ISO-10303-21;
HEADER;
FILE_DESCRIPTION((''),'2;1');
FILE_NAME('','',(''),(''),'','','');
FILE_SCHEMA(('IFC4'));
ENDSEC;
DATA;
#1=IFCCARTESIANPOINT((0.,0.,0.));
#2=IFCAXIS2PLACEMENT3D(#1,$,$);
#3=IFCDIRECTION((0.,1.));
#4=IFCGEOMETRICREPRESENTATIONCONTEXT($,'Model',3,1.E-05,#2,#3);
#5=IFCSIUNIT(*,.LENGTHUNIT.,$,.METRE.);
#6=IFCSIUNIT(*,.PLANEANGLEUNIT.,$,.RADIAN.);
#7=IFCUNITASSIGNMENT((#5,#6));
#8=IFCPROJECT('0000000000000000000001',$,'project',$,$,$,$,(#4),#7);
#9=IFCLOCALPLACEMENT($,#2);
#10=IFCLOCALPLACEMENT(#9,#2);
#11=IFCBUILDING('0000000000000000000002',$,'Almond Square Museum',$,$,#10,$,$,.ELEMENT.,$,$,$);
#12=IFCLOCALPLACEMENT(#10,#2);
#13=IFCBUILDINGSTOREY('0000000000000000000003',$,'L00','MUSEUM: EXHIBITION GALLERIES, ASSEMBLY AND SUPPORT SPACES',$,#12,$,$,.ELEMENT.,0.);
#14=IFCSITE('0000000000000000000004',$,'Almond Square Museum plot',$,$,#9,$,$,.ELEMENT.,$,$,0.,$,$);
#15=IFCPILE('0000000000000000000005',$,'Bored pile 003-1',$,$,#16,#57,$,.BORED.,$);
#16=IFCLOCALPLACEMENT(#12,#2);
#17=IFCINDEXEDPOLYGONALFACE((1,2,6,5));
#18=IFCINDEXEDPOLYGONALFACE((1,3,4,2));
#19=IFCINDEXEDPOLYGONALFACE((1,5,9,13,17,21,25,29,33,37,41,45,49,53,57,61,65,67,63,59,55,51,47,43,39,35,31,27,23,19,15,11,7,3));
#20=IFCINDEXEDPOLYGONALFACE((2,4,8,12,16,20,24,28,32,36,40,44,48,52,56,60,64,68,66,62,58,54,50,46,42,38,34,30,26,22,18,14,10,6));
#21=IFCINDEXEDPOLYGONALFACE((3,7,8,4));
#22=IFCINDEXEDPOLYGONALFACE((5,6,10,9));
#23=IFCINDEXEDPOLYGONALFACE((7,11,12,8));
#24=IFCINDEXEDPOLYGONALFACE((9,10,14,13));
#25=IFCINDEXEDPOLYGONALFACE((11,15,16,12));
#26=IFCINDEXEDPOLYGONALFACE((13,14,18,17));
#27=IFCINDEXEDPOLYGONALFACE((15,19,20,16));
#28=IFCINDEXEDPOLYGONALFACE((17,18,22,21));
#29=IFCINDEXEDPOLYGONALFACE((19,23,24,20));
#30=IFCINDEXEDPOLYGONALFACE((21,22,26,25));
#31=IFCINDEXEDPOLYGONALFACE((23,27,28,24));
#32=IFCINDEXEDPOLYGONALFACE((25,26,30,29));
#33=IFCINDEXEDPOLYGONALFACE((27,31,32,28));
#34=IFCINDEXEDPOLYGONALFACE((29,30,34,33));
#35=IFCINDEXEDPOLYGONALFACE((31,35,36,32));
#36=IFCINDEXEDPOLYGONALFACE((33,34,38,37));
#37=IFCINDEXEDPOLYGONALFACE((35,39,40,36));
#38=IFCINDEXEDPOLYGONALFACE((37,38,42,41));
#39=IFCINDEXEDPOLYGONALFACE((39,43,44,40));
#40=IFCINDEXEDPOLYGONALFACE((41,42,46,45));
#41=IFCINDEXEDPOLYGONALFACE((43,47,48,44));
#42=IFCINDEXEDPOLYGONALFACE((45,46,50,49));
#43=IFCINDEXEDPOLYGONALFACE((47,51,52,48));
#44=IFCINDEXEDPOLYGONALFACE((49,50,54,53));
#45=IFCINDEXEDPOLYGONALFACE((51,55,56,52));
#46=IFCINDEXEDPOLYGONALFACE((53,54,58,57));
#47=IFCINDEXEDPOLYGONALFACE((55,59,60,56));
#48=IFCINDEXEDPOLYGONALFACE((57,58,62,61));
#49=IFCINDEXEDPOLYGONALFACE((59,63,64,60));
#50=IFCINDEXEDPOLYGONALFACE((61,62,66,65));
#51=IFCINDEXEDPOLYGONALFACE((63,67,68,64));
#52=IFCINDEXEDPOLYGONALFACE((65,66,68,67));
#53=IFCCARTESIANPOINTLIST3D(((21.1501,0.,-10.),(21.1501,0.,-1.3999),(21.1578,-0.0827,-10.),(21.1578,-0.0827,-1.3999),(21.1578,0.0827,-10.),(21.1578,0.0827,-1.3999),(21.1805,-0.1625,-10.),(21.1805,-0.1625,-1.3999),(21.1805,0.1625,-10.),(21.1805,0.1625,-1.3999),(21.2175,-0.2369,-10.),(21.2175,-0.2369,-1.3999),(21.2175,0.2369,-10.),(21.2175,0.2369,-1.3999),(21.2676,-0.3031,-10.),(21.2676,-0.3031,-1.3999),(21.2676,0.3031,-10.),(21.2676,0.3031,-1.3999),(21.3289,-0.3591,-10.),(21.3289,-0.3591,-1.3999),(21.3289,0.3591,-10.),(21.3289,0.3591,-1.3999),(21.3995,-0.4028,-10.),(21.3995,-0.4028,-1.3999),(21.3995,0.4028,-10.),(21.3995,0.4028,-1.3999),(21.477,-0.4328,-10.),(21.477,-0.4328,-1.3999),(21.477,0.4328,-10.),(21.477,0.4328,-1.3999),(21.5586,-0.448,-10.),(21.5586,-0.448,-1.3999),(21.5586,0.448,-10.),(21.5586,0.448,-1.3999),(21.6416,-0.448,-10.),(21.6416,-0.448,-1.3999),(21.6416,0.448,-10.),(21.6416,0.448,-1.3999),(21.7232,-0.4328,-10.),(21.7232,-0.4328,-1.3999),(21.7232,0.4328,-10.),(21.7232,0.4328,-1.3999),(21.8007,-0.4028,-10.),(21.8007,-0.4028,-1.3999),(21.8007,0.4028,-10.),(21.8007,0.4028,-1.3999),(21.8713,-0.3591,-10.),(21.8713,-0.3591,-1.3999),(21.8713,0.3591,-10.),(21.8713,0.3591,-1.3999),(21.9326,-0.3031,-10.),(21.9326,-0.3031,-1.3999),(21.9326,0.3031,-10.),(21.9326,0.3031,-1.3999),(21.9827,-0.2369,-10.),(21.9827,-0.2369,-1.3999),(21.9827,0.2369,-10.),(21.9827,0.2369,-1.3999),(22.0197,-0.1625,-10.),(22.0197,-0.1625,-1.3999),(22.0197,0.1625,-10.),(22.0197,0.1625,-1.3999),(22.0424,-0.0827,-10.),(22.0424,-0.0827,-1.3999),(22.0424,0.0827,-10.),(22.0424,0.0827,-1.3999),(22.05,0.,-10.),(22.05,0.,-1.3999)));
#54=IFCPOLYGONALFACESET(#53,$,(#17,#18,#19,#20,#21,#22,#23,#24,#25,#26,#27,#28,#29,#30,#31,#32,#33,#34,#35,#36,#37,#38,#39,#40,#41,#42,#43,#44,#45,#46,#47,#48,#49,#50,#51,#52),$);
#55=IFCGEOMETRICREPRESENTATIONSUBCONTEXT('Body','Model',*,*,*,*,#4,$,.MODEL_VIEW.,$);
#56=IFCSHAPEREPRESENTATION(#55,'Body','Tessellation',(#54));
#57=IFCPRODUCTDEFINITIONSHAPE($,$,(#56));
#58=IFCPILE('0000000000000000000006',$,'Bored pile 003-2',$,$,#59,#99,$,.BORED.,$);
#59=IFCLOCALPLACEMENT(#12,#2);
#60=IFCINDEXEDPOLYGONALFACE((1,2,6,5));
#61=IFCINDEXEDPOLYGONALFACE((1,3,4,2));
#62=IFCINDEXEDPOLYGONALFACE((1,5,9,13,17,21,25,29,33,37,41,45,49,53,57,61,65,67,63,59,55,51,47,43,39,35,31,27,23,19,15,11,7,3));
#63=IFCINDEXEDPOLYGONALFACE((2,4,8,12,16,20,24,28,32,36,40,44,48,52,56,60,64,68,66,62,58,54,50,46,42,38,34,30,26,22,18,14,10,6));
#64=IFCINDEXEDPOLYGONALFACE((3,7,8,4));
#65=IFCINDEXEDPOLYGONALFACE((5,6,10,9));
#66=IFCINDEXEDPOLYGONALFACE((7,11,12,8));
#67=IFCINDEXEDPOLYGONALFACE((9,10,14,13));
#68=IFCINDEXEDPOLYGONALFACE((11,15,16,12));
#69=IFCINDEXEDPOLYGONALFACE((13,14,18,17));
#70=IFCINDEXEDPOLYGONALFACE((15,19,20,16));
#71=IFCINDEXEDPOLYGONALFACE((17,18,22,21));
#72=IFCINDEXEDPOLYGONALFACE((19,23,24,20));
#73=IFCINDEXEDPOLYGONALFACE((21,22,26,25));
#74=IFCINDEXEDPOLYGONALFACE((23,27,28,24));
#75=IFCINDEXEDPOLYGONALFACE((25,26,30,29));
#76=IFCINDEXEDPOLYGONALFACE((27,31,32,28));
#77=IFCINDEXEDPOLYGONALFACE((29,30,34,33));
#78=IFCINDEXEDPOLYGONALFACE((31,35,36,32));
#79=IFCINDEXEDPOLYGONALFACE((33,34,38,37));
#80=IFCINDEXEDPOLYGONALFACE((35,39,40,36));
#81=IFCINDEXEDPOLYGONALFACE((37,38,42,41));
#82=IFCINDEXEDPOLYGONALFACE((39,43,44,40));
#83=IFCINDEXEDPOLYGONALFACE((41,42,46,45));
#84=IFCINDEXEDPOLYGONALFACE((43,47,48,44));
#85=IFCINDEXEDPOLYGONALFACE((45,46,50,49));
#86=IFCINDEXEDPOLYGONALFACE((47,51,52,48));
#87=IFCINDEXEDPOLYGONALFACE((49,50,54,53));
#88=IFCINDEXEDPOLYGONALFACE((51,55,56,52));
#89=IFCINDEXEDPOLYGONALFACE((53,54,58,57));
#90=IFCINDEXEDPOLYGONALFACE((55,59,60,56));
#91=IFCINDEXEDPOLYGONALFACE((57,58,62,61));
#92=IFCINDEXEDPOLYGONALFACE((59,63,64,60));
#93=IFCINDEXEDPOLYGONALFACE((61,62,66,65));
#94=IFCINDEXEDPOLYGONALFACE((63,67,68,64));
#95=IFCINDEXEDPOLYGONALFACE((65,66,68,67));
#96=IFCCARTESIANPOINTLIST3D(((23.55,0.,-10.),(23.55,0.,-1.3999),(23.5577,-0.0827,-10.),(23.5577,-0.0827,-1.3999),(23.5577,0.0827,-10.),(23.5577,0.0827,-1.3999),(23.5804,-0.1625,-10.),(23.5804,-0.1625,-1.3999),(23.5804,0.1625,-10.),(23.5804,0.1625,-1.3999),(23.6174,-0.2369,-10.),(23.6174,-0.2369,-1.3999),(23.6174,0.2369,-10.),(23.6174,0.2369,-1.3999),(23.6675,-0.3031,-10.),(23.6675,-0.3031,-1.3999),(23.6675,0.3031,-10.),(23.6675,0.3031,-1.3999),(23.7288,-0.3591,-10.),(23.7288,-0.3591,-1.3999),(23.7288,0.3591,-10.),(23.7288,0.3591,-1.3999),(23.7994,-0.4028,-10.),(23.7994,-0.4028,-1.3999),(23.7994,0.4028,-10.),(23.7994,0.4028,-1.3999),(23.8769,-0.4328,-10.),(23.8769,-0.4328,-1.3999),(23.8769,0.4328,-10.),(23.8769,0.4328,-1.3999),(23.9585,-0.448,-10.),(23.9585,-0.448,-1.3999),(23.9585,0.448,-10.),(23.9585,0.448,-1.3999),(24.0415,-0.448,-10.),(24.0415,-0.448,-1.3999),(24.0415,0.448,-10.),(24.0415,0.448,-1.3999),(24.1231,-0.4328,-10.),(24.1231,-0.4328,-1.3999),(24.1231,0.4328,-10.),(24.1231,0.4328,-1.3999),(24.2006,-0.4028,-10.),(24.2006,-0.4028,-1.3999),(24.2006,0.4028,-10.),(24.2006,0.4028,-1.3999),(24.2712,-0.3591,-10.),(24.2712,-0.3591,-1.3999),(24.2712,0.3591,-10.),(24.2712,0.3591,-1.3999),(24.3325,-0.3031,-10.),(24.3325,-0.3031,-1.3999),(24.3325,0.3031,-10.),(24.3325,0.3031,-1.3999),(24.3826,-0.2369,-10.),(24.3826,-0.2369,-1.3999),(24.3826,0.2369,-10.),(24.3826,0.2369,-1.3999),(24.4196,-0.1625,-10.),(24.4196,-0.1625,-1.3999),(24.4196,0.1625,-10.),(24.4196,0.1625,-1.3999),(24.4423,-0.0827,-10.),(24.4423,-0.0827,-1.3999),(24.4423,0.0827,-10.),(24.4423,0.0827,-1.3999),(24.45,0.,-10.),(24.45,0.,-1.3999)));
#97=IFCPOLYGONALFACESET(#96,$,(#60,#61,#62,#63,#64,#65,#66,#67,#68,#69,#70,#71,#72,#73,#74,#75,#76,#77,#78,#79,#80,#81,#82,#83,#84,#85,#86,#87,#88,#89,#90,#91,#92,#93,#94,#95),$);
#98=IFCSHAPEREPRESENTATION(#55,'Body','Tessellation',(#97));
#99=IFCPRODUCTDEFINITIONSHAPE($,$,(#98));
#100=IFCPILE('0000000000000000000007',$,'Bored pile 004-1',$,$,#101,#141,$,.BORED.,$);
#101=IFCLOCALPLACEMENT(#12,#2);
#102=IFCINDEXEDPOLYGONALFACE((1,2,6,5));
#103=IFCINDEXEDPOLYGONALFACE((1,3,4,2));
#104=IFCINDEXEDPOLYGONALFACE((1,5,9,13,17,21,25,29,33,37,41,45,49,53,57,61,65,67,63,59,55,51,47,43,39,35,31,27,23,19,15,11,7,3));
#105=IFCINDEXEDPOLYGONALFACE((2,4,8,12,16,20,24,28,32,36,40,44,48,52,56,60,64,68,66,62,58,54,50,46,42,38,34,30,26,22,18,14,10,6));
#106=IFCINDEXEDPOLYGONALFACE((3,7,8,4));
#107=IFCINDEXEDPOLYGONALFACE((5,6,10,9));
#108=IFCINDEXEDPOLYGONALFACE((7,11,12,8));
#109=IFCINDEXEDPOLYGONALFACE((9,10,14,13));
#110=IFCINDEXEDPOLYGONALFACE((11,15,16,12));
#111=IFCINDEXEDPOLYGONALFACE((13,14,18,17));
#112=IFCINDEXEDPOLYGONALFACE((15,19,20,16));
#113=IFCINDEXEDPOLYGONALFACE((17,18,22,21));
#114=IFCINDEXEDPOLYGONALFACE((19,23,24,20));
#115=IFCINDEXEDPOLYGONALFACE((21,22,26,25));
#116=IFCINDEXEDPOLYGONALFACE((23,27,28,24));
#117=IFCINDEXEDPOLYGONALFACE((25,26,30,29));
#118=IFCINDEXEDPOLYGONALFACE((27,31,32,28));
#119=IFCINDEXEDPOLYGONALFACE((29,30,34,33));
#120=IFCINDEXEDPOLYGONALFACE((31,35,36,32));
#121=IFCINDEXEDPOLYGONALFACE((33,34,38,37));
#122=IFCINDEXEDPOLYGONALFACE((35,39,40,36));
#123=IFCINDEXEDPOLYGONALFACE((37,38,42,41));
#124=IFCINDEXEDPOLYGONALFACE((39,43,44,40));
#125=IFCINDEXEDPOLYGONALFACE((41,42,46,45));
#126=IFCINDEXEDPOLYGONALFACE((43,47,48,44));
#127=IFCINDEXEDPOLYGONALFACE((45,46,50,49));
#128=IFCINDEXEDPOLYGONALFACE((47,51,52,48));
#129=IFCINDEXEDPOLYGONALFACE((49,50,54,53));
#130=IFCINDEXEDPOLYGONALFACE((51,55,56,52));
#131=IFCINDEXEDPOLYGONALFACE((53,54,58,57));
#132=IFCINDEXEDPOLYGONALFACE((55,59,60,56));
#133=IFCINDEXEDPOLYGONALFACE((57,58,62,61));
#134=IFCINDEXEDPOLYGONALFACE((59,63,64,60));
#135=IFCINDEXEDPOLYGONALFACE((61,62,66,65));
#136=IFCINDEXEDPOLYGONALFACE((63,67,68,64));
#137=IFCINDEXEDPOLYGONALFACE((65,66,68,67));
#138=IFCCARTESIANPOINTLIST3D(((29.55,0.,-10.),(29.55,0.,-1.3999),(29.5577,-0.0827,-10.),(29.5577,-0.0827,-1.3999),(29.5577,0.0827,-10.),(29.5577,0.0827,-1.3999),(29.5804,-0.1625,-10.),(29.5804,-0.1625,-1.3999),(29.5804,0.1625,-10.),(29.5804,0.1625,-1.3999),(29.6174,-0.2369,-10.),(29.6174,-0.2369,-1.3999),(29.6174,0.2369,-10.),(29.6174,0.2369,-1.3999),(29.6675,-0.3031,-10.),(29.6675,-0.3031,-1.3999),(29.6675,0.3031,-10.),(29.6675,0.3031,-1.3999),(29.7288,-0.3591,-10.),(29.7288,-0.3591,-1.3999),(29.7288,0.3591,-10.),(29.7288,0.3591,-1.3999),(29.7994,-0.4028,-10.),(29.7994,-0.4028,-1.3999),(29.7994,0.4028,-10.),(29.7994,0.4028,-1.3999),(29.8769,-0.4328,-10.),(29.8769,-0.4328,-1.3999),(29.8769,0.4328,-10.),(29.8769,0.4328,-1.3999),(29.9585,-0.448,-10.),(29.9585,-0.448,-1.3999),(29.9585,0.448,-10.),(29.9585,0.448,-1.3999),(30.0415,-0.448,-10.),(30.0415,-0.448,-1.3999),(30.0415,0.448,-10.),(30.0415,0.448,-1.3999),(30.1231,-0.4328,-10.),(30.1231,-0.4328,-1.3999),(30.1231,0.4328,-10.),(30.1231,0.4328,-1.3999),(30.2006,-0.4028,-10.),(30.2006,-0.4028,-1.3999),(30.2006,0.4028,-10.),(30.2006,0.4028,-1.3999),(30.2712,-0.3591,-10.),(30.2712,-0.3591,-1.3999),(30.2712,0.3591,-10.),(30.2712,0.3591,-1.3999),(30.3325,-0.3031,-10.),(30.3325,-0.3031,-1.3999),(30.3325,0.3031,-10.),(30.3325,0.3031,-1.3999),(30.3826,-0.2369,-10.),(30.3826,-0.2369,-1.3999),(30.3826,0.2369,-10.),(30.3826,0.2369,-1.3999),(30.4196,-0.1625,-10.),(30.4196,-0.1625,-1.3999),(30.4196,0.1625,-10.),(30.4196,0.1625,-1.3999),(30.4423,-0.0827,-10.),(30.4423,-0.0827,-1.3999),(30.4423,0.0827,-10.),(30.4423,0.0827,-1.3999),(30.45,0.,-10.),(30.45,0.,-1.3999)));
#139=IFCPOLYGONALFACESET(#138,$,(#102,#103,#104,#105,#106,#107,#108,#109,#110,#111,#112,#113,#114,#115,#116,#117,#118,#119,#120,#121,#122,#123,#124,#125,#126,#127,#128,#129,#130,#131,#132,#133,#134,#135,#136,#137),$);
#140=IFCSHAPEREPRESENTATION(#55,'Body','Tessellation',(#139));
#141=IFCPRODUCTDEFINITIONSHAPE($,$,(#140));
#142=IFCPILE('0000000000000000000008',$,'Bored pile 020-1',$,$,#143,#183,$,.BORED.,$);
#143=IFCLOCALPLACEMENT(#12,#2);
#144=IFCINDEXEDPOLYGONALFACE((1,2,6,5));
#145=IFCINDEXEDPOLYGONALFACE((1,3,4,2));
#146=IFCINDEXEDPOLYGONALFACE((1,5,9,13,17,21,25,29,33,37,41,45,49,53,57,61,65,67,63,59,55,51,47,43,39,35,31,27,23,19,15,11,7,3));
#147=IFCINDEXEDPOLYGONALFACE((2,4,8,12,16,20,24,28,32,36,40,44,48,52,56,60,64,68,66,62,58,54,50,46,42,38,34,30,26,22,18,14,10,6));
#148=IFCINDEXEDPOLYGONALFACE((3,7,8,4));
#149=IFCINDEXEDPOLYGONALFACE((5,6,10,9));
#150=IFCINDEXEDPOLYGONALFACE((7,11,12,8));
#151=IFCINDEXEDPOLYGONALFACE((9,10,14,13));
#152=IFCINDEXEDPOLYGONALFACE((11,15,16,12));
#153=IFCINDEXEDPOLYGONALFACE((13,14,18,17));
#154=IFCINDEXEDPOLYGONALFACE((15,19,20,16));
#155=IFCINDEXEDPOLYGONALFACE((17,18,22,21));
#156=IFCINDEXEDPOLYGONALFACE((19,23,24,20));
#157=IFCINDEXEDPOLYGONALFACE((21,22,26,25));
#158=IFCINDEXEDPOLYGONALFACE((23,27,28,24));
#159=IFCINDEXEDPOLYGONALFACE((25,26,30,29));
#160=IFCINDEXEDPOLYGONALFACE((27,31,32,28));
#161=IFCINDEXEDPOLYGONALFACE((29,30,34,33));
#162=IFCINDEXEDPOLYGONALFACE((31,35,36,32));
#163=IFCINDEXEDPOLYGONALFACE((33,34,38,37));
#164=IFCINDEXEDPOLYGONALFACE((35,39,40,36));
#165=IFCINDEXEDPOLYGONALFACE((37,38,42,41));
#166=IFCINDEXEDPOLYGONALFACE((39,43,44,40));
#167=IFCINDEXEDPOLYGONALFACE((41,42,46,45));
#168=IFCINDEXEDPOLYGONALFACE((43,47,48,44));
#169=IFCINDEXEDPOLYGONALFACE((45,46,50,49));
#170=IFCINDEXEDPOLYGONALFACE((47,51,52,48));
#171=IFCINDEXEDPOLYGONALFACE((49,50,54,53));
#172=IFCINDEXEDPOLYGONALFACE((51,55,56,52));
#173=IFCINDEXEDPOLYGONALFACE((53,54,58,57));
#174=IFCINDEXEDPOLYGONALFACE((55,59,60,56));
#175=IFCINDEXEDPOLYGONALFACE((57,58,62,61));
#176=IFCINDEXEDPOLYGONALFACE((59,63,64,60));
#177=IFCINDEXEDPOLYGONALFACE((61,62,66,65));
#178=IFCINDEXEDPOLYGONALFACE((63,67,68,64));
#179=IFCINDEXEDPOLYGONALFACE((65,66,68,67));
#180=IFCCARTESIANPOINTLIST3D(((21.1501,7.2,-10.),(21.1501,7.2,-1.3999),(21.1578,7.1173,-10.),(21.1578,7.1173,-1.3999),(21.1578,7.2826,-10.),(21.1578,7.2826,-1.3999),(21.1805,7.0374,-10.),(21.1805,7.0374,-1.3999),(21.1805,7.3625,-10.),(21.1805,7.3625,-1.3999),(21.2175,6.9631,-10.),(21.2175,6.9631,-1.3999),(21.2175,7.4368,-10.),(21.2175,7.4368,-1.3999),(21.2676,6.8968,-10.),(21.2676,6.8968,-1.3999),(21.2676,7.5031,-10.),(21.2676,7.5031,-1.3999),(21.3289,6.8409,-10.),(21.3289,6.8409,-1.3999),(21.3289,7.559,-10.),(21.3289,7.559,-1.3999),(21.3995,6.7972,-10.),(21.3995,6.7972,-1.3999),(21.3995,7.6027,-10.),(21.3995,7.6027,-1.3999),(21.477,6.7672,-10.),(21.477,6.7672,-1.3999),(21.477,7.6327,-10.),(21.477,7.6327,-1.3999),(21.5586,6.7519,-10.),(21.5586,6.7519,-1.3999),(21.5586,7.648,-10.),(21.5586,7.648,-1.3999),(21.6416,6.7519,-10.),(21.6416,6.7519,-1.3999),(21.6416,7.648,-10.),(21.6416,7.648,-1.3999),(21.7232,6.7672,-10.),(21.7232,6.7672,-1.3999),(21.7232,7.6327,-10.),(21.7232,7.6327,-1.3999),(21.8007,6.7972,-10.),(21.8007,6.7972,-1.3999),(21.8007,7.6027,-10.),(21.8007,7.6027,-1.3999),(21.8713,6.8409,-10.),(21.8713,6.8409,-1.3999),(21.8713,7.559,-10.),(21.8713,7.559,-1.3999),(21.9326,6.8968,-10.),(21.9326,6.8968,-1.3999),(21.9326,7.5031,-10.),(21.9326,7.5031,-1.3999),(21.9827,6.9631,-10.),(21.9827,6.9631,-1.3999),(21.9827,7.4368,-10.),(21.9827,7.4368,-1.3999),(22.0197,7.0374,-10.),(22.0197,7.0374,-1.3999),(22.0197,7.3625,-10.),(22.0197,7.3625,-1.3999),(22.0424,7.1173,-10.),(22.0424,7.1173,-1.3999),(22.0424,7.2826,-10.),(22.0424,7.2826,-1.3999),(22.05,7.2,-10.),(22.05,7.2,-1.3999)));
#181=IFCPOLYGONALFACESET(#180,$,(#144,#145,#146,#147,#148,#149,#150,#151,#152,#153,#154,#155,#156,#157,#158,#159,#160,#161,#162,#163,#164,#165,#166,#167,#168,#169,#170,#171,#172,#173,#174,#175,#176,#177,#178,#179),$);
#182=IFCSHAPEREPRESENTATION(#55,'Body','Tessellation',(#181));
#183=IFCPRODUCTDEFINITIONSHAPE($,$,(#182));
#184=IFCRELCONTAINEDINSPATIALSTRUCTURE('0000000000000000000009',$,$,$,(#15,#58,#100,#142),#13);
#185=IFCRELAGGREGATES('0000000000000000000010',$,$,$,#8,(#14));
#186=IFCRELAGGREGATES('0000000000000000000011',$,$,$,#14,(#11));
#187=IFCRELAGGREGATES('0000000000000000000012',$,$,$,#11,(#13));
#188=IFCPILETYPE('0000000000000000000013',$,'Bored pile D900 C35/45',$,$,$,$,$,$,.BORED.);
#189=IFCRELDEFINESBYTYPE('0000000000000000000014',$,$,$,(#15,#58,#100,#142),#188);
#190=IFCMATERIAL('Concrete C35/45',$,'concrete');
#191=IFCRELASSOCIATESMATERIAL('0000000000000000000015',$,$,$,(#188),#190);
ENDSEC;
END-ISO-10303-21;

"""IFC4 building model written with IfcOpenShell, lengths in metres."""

from ifc_helpers import new_model, si_unit, direction, frame, origin, origin_2d, place, context, subcontext, project, spatial, circle, extrude, material, material_profile, profile_set, type_object, element, save


model = new_model("IFC4")

# Units and contexts
model_context = context("Model", 3, precision=1e-05, world=origin(), true_north=direction((0.0, 1.0)))
body_context = subcontext(model_context, "Body", "Model", "MODEL_VIEW")
ifc_project = project(units=[si_unit("LENGTHUNIT", "METRE"), si_unit("PLANEANGLEUNIT", "RADIAN")], contexts=[model_context])

# Site, building, storey
site_placement = place(None, origin())
site = spatial("IfcSite", under=ifc_project, at=site_placement, Name="Almond Square Museum plot", CompositionType="ELEMENT", RefElevation=0.0)
building_placement = place(site_placement, origin())
building = spatial("IfcBuilding", under=site, at=building_placement, Name="Almond Square Museum", CompositionType="ELEMENT")
storey_placement = place(building_placement, origin())
storey = spatial("IfcBuildingStorey", under=building, at=storey_placement, Name="L00", Description="MUSEUM: EXHIBITION GALLERIES, ASSEMBLY AND SUPPORT SPACES", CompositionType="ELEMENT", Elevation=0.0)

# Piles
ifc_material_1 = material(Name="Concrete C35/45", Category="concrete")
ifc_material_profile_1 = material_profile(ifc_material_1, circle(Radius=0.45, at=origin_2d()))
ifc_profile_set_1 = profile_set([ifc_material_profile_1], Name="Concrete C35/45")
pile_type = type_object("IfcPileType", Name="Bored pile D900 C35/45", PredefinedType="BORED", material=ifc_profile_set_1)
for number, where, z_axis, x_axis, name in (
    (1, (21.6001, 0.0, -1.3999), (0.0, 0.0, -1.0), (1.0, 0.0, 0.0), "Bored pile 003-1"),
    (2, (24.0, 0.0, -1.3999), (0.0, 0.0, -1.0), (1.0, 0.0, 0.0), "Bored pile 003-2"),
    (3, (30.0, 0.0, -1.3999), (0.0, 0.0, -1.0), (1.0, 0.0, 0.0), "Bored pile 004-1"),
    (4, (21.6001, 7.2, -1.3999), (0.0, 0.0, -1.0), (1.0, 0.0, 0.0), "Bored pile 020-1"),
):
    element("IfcPile", number, at=place(storey_placement, frame(where, z_axis=z_axis, x_axis=x_axis)), inside=storey, type_object=pile_type, Name=name, PredefinedType="BORED", context=body_context, shape_type="SweptSolid", body=[
        extrude(circle(Radius=0.45, at=origin_2d()), origin(), (0.0, 0.0, 1.0), 8.6001),
    ])

save(model, "model.ifc")
